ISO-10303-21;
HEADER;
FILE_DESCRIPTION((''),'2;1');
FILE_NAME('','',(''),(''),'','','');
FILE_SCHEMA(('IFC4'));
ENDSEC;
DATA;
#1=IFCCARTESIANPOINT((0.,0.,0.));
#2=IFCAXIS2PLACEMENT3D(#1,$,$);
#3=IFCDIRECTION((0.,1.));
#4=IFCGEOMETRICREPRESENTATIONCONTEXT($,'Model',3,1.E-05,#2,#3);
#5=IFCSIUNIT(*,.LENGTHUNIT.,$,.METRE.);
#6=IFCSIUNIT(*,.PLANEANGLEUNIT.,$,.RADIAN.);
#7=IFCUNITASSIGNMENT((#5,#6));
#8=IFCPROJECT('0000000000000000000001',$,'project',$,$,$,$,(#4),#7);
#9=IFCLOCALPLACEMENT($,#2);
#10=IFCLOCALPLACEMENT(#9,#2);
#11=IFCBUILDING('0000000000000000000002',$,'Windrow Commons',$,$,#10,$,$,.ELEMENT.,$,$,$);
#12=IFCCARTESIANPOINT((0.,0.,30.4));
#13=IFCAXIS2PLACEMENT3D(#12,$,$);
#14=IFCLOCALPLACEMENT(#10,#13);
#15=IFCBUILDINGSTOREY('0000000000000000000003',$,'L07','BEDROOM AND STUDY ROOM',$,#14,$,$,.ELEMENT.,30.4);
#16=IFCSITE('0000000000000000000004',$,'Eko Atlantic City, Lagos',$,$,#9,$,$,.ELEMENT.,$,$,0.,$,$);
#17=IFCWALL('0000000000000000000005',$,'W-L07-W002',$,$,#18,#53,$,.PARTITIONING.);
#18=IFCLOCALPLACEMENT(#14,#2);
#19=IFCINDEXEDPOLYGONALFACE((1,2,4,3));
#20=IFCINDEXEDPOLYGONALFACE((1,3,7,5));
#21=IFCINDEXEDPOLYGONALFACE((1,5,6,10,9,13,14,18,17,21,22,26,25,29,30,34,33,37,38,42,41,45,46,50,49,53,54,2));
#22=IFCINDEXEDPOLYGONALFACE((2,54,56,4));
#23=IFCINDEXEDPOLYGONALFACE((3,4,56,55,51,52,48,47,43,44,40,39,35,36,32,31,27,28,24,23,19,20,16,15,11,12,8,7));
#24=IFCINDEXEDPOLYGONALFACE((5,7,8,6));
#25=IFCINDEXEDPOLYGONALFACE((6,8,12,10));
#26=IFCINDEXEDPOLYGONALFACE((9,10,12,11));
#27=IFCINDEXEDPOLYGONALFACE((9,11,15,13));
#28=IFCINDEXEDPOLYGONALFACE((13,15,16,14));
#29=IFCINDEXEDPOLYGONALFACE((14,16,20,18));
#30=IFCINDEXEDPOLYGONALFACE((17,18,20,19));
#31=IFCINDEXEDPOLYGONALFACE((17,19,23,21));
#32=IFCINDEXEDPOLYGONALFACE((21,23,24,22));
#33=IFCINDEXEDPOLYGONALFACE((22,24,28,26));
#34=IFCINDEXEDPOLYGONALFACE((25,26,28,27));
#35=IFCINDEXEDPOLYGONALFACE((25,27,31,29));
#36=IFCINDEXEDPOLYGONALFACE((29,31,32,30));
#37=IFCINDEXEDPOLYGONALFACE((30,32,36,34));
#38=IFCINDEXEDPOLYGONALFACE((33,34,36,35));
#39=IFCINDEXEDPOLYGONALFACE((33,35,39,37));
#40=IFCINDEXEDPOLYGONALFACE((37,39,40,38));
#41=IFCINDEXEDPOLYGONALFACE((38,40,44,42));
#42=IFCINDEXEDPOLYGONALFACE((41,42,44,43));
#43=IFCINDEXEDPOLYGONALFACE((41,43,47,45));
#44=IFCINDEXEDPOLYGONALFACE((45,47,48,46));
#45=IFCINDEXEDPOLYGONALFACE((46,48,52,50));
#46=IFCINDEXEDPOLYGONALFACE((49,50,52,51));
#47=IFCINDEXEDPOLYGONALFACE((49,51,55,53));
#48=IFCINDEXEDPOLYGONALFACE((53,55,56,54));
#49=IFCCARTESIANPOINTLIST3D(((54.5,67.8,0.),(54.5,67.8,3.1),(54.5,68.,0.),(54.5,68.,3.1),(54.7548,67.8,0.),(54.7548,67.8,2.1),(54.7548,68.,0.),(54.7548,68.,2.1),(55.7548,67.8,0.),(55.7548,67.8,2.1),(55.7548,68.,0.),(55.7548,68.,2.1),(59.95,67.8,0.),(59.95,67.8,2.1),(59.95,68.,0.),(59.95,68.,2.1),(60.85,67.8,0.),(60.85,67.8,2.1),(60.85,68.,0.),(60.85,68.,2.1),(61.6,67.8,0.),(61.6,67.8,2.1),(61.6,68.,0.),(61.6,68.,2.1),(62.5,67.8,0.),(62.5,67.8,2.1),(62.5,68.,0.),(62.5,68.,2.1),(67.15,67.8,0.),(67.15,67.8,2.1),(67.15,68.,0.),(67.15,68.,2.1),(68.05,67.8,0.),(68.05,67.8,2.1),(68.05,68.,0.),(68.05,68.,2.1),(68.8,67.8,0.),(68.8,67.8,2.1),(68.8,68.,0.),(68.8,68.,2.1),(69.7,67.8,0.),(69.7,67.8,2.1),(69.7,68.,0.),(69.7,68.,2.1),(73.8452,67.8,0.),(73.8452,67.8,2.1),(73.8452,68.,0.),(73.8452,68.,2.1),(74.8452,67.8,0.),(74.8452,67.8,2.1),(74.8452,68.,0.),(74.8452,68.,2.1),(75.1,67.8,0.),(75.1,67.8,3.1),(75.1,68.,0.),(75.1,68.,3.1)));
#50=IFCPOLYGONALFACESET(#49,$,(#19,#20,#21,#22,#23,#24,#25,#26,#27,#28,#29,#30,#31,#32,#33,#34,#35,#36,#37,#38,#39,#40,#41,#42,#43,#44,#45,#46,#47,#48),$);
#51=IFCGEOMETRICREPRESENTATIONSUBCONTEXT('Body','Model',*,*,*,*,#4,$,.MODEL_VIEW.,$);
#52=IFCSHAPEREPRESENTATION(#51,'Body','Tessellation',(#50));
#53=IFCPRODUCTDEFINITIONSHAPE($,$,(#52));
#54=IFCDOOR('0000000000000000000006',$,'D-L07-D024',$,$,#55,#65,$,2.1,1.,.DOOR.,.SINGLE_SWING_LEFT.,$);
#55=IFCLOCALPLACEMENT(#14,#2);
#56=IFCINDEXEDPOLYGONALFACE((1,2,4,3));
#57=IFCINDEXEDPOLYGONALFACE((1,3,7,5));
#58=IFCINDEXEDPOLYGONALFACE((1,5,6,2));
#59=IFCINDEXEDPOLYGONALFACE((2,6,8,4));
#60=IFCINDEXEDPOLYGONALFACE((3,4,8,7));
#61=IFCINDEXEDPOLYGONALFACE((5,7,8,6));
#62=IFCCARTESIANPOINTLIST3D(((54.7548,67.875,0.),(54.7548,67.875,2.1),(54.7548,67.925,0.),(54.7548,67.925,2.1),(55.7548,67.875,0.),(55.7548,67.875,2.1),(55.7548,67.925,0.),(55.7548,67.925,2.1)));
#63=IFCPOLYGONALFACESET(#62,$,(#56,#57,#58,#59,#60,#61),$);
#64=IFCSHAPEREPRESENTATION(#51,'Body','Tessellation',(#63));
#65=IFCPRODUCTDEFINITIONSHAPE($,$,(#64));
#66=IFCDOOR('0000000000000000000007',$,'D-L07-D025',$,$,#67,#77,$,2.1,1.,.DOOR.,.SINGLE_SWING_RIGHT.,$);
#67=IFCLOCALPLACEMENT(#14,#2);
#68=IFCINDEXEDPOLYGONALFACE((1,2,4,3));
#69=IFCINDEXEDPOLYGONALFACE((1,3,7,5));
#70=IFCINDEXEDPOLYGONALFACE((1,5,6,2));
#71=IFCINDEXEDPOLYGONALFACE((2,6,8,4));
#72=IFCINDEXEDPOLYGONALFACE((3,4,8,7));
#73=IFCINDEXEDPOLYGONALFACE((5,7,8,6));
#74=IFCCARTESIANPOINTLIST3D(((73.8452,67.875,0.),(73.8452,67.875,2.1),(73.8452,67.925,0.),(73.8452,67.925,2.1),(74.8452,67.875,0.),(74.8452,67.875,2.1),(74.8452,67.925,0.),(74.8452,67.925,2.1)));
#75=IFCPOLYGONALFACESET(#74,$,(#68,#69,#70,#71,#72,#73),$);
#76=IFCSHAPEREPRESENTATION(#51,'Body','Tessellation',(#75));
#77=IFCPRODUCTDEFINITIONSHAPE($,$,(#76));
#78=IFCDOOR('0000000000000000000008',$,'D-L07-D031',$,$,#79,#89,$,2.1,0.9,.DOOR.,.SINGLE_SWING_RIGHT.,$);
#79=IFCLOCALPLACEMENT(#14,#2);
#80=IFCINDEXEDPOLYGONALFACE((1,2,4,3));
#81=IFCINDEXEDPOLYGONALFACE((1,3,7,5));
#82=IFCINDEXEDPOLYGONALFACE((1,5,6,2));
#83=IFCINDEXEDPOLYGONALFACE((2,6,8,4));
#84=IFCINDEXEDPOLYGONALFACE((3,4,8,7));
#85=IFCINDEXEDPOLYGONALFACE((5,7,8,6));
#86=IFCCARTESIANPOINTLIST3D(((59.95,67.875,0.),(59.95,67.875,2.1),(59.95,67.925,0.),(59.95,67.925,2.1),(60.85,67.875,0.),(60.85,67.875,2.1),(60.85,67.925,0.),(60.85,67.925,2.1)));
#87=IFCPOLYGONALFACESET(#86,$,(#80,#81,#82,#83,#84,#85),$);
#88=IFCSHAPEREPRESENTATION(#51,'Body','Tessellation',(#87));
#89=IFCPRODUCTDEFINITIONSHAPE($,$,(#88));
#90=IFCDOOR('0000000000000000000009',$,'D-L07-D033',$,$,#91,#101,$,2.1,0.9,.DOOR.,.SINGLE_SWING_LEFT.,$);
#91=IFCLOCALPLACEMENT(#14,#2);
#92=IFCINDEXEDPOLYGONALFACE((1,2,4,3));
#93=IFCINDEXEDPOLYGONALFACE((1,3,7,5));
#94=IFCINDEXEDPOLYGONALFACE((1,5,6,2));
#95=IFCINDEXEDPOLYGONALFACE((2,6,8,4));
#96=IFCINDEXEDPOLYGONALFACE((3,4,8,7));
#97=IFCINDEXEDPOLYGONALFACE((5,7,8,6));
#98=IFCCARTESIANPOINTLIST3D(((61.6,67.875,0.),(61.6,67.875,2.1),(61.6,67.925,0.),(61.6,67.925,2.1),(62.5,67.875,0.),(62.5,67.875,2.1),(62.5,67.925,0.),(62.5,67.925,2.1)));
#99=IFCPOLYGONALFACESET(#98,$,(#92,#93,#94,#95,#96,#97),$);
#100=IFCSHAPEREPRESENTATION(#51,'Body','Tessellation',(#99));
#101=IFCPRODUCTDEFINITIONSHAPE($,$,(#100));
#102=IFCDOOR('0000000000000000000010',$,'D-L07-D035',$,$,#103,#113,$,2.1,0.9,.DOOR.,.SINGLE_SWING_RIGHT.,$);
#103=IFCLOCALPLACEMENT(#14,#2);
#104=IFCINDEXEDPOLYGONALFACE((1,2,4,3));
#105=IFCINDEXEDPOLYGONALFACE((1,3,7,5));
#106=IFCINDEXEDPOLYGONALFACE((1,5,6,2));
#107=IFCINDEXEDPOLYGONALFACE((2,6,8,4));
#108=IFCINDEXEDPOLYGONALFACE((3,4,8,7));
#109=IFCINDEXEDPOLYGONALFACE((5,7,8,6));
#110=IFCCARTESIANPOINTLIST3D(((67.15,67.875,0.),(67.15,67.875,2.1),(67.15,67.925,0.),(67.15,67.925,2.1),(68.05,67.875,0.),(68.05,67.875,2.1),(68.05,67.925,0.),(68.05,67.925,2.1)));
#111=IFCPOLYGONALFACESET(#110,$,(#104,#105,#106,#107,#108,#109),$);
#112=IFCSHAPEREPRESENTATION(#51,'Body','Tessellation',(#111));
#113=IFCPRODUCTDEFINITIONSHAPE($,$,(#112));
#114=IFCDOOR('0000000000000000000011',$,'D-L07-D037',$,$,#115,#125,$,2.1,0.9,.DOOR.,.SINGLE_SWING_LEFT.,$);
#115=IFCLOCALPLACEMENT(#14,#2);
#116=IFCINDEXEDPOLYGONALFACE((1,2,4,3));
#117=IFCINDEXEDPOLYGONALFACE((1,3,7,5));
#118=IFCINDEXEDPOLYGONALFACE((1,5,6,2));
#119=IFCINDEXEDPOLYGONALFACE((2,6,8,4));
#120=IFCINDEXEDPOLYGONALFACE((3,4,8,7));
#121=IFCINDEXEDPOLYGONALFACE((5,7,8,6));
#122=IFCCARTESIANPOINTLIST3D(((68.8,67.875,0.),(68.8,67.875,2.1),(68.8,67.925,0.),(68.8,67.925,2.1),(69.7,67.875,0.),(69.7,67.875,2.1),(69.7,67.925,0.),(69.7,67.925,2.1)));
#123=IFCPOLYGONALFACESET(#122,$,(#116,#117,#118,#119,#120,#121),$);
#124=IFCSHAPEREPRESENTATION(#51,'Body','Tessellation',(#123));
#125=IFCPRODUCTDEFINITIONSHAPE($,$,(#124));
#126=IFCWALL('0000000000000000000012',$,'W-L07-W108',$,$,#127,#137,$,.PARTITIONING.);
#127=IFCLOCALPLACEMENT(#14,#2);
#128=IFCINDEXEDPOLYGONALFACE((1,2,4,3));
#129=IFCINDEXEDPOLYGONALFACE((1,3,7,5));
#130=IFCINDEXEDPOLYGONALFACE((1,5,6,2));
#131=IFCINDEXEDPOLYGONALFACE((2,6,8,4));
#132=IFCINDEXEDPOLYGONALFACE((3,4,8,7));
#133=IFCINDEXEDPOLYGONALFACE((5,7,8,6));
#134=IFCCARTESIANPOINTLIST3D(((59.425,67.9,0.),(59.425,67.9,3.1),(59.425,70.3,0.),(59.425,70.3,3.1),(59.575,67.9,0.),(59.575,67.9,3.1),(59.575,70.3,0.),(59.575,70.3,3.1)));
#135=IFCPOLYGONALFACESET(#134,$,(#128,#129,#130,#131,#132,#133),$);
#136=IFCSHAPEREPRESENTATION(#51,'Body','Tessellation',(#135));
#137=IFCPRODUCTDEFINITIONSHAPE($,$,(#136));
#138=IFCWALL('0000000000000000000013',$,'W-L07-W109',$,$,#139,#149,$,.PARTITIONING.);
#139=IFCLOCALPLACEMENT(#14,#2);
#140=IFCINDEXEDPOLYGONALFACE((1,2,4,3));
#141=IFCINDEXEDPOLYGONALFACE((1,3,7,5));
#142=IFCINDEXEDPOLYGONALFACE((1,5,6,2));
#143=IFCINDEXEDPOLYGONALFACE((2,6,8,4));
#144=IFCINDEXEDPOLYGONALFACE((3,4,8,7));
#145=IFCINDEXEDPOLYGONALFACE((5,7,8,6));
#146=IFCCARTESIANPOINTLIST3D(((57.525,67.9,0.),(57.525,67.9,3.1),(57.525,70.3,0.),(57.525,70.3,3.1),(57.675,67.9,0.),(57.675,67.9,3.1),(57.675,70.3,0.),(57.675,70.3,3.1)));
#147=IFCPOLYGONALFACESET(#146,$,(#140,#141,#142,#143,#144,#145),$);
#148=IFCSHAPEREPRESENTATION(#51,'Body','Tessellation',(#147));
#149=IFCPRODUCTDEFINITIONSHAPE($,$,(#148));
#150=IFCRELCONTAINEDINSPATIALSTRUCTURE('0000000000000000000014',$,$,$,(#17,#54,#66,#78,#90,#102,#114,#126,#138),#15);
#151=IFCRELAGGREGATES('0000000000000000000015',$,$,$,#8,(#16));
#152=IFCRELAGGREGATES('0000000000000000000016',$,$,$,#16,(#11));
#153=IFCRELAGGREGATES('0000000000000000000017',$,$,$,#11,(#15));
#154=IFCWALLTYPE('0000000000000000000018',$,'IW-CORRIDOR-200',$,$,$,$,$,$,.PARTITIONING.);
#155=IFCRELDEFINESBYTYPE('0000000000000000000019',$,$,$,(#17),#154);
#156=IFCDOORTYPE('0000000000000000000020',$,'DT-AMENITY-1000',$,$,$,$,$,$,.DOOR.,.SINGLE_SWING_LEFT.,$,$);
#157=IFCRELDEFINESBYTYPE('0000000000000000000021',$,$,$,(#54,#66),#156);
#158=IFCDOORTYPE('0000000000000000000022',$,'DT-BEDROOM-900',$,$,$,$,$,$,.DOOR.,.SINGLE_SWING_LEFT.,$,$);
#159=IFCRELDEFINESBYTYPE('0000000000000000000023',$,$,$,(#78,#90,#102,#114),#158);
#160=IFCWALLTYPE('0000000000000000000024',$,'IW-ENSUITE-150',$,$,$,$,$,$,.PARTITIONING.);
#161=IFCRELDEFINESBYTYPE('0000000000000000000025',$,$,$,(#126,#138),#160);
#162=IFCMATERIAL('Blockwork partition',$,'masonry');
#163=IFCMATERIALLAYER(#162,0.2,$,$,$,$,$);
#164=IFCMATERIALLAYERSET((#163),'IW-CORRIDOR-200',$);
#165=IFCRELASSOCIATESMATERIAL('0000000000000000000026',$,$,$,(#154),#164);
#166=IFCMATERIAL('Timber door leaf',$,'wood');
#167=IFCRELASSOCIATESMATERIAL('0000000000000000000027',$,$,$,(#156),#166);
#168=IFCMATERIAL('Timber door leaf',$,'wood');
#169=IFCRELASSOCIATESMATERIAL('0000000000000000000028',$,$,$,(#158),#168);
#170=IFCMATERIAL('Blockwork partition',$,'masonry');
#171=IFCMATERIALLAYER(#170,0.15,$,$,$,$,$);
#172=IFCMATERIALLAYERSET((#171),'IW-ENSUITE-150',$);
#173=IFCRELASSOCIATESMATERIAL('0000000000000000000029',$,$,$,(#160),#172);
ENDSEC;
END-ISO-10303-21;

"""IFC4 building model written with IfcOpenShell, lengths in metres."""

from ifc_helpers import new_model, si_unit, direction, frame, frame_2d, origin, place, context, subcontext, project, spatial, rectangle, extrude, material, layer, layer_set, type_object, element, fill, save


model = new_model("IFC4")

# Units and contexts
model_context = context("Model", 3, precision=1e-05, world=origin(), true_north=direction((0.0, 1.0)))
body_context = subcontext(model_context, "Body", "Model", "MODEL_VIEW")
ifc_project = project(units=[si_unit("LENGTHUNIT", "METRE"), si_unit("PLANEANGLEUNIT", "RADIAN")], contexts=[model_context])

# Site, building, storey
site_placement = place(None, origin())
site = spatial("IfcSite", under=ifc_project, at=site_placement, Name="Eko Atlantic City, Lagos", CompositionType="ELEMENT", RefElevation=0.0)
building_placement = place(site_placement, origin())
building = spatial("IfcBuilding", under=site, at=building_placement, Name="Windrow Commons", CompositionType="ELEMENT")
storey_placement = place(building_placement, frame((0.0, 0.0, 30.4)))
storey = spatial("IfcBuildingStorey", under=building, at=storey_placement, Name="L07", Description="BEDROOM AND STUDY ROOM", CompositionType="ELEMENT", Elevation=30.4)

# Wall, openings, doors
ifc_material_1 = material(Name="Blockwork partition", Category="masonry")
ifc_layer_1 = layer(ifc_material_1, 0.2)
ifc_layer_set_1 = layer_set([ifc_layer_1], Name="IW-CORRIDOR-200")
wall_type_1 = type_object("IfcWallType", Name="IW-CORRIDOR-200", PredefinedType="PARTITIONING", material=ifc_layer_set_1)
wall_1_placement = place(storey_placement, frame((54.5, 67.9, 0.0), z_axis=(0.0, 0.0, 1.0), x_axis=(1.0, 0.0, 0.0)))
wall_1 = element("IfcWall", 1, at=wall_1_placement, inside=storey, type_object=wall_type_1, Name="W-L07-W002", PredefinedType="PARTITIONING", context=body_context, shape_type="SweptSolid", body=[
    extrude(rectangle(XDim=20.6, YDim=0.2, at=frame_2d((10.3, 0.0))), origin(), (0.0, 0.0, 1.0), 3.1),
])
opening_1_placement = place(wall_1_placement, frame((0.2548, 0.0, 0.0)))
opening_1 = element("IfcOpeningElement", 2, at=opening_1_placement, cuts=wall_1, PredefinedType="OPENING", context=body_context, shape_type="SweptSolid", body=[
    extrude(rectangle(XDim=1.0, YDim=2.1, at=frame_2d((0.5, 1.05))), frame((0.0, 0.11, 0.0), z_axis=(0.0, -1.0, 0.0), x_axis=(1.0, 0.0, 0.0)), (0.0, 0.0, 1.0), 0.22),
])
opening_2_placement = place(wall_1_placement, frame((19.3452, 0.0, 0.0)))
opening_2 = element("IfcOpeningElement", 3, at=opening_2_placement, cuts=wall_1, PredefinedType="OPENING", context=body_context, shape_type="SweptSolid", body=[
    extrude(rectangle(XDim=1.0, YDim=2.1, at=frame_2d((0.5, 1.05))), frame((0.0, 0.11, 0.0), z_axis=(0.0, -1.0, 0.0), x_axis=(1.0, 0.0, 0.0)), (0.0, 0.0, 1.0), 0.22),
])
opening_3_placement = place(wall_1_placement, frame((5.45, 0.0, 0.0)))
opening_3 = element("IfcOpeningElement", 4, at=opening_3_placement, cuts=wall_1, PredefinedType="OPENING", context=body_context, shape_type="SweptSolid", body=[
    extrude(rectangle(XDim=0.9, YDim=2.1, at=frame_2d((0.45, 1.05))), frame((0.0, 0.11, 0.0), z_axis=(0.0, -1.0, 0.0), x_axis=(1.0, 0.0, 0.0)), (0.0, 0.0, 1.0), 0.22),
])
opening_4_placement = place(wall_1_placement, frame((7.1, 0.0, 0.0)))
opening_4 = element("IfcOpeningElement", 5, at=opening_4_placement, cuts=wall_1, PredefinedType="OPENING", context=body_context, shape_type="SweptSolid", body=[
    extrude(rectangle(XDim=0.9, YDim=2.1, at=frame_2d((0.45, 1.05))), frame((0.0, 0.11, 0.0), z_axis=(0.0, -1.0, 0.0), x_axis=(1.0, 0.0, 0.0)), (0.0, 0.0, 1.0), 0.22),
])
opening_5_placement = place(wall_1_placement, frame((12.65, 0.0, 0.0)))
opening_5 = element("IfcOpeningElement", 6, at=opening_5_placement, cuts=wall_1, PredefinedType="OPENING", context=body_context, shape_type="SweptSolid", body=[
    extrude(rectangle(XDim=0.9, YDim=2.1, at=frame_2d((0.45, 1.05))), frame((0.0, 0.11, 0.0), z_axis=(0.0, -1.0, 0.0), x_axis=(1.0, 0.0, 0.0)), (0.0, 0.0, 1.0), 0.22),
])
opening_6_placement = place(wall_1_placement, frame((14.3, 0.0, 0.0)))
opening_6 = element("IfcOpeningElement", 7, at=opening_6_placement, cuts=wall_1, PredefinedType="OPENING", context=body_context, shape_type="SweptSolid", body=[
    extrude(rectangle(XDim=0.9, YDim=2.1, at=frame_2d((0.45, 1.05))), frame((0.0, 0.11, 0.0), z_axis=(0.0, -1.0, 0.0), x_axis=(1.0, 0.0, 0.0)), (0.0, 0.0, 1.0), 0.22),
])
ifc_material_2 = material(Name="Timber door leaf", Category="wood")
door_type_1 = type_object("IfcDoorType", Name="DT-AMENITY-1000", OperationType="SINGLE_SWING_LEFT", PredefinedType="DOOR", material=ifc_material_2)
door_1_placement = place(opening_1_placement, origin())
door_1 = element("IfcDoor", 8, at=door_1_placement, inside=storey, type_object=door_type_1, Name="D-L07-D024", OperationType="SINGLE_SWING_LEFT", OverallHeight=2.1, OverallWidth=1.0, PredefinedType="DOOR", context=body_context, shape_type="SweptSolid", body=[
    extrude(rectangle(XDim=1.0, YDim=2.1, at=frame_2d((0.5, 1.05))), frame((0.0, 0.025, 0.0), z_axis=(0.0, -1.0, 0.0), x_axis=(1.0, 0.0, 0.0)), (0.0, 0.0, 1.0), 0.05),
])
fill(opening_1, door_1)
door_2_placement = place(opening_2_placement, origin())
door_2 = element("IfcDoor", 9, at=door_2_placement, inside=storey, type_object=door_type_1, Name="D-L07-D025", OperationType="SINGLE_SWING_RIGHT", OverallHeight=2.1, OverallWidth=1.0, PredefinedType="DOOR", context=body_context, shape_type="SweptSolid", body=[
    extrude(rectangle(XDim=1.0, YDim=2.1, at=frame_2d((0.5, 1.05))), frame((0.0, 0.025, 0.0), z_axis=(0.0, -1.0, 0.0), x_axis=(1.0, 0.0, 0.0)), (0.0, 0.0, 1.0), 0.05),
])
fill(opening_2, door_2)
ifc_material_3 = material(Name="Timber door leaf", Category="wood")
door_type_2 = type_object("IfcDoorType", Name="DT-BEDROOM-900", OperationType="SINGLE_SWING_LEFT", PredefinedType="DOOR", material=ifc_material_3)
door_3_placement = place(opening_3_placement, origin())
door_3 = element("IfcDoor", 10, at=door_3_placement, inside=storey, type_object=door_type_2, Name="D-L07-D031", OperationType="SINGLE_SWING_RIGHT", OverallHeight=2.1, OverallWidth=0.9, PredefinedType="DOOR", context=body_context, shape_type="SweptSolid", body=[
    extrude(rectangle(XDim=0.9, YDim=2.1, at=frame_2d((0.45, 1.05))), frame((0.0, 0.025, 0.0), z_axis=(0.0, -1.0, 0.0), x_axis=(1.0, 0.0, 0.0)), (0.0, 0.0, 1.0), 0.05),
])
fill(opening_3, door_3)
door_4_placement = place(opening_4_placement, origin())
door_4 = element("IfcDoor", 11, at=door_4_placement, inside=storey, type_object=door_type_2, Name="D-L07-D033", OperationType="SINGLE_SWING_LEFT", OverallHeight=2.1, OverallWidth=0.9, PredefinedType="DOOR", context=body_context, shape_type="SweptSolid", body=[
    extrude(rectangle(XDim=0.9, YDim=2.1, at=frame_2d((0.45, 1.05))), frame((0.0, 0.025, 0.0), z_axis=(0.0, -1.0, 0.0), x_axis=(1.0, 0.0, 0.0)), (0.0, 0.0, 1.0), 0.05),
])
fill(opening_4, door_4)
door_5_placement = place(opening_5_placement, origin())
door_5 = element("IfcDoor", 12, at=door_5_placement, inside=storey, type_object=door_type_2, Name="D-L07-D035", OperationType="SINGLE_SWING_RIGHT", OverallHeight=2.1, OverallWidth=0.9, PredefinedType="DOOR", context=body_context, shape_type="SweptSolid", body=[
    extrude(rectangle(XDim=0.9, YDim=2.1, at=frame_2d((0.45, 1.05))), frame((0.0, 0.025, 0.0), z_axis=(0.0, -1.0, 0.0), x_axis=(1.0, 0.0, 0.0)), (0.0, 0.0, 1.0), 0.05),
])
fill(opening_5, door_5)
door_6_placement = place(opening_6_placement, origin())
door_6 = element("IfcDoor", 13, at=door_6_placement, inside=storey, type_object=door_type_2, Name="D-L07-D037", OperationType="SINGLE_SWING_LEFT", OverallHeight=2.1, OverallWidth=0.9, PredefinedType="DOOR", context=body_context, shape_type="SweptSolid", body=[
    extrude(rectangle(XDim=0.9, YDim=2.1, at=frame_2d((0.45, 1.05))), frame((0.0, 0.025, 0.0), z_axis=(0.0, -1.0, 0.0), x_axis=(1.0, 0.0, 0.0)), (0.0, 0.0, 1.0), 0.05),
])
fill(opening_6, door_6)

# Walls
ifc_material_4 = material(Name="Blockwork partition", Category="masonry")
ifc_layer_2 = layer(ifc_material_4, 0.15)
ifc_layer_set_2 = layer_set([ifc_layer_2], Name="IW-ENSUITE-150")
wall_type_2 = type_object("IfcWallType", Name="IW-ENSUITE-150", PredefinedType="PARTITIONING", material=ifc_layer_set_2)
for number, where, z_axis, x_axis, name in (
    (14, (59.5, 67.9, 0.0), (0.0, 0.0, 1.0), (0.0, 1.0, 0.0), "W-L07-W108"),
    (15, (57.6, 67.9, 0.0), (0.0, 0.0, 1.0), (0.0, 1.0, 0.0), "W-L07-W109"),
):
    element("IfcWall", number, at=place(storey_placement, frame(where, z_axis=z_axis, x_axis=x_axis)), inside=storey, type_object=wall_type_2, Name=name, PredefinedType="PARTITIONING", context=body_context, shape_type="SweptSolid", body=[
        extrude(rectangle(XDim=2.4, YDim=0.15, at=frame_2d((1.2, 0.0))), origin(), (0.0, 0.0, 1.0), 3.1),
    ])

save(model, "model.ifc")
